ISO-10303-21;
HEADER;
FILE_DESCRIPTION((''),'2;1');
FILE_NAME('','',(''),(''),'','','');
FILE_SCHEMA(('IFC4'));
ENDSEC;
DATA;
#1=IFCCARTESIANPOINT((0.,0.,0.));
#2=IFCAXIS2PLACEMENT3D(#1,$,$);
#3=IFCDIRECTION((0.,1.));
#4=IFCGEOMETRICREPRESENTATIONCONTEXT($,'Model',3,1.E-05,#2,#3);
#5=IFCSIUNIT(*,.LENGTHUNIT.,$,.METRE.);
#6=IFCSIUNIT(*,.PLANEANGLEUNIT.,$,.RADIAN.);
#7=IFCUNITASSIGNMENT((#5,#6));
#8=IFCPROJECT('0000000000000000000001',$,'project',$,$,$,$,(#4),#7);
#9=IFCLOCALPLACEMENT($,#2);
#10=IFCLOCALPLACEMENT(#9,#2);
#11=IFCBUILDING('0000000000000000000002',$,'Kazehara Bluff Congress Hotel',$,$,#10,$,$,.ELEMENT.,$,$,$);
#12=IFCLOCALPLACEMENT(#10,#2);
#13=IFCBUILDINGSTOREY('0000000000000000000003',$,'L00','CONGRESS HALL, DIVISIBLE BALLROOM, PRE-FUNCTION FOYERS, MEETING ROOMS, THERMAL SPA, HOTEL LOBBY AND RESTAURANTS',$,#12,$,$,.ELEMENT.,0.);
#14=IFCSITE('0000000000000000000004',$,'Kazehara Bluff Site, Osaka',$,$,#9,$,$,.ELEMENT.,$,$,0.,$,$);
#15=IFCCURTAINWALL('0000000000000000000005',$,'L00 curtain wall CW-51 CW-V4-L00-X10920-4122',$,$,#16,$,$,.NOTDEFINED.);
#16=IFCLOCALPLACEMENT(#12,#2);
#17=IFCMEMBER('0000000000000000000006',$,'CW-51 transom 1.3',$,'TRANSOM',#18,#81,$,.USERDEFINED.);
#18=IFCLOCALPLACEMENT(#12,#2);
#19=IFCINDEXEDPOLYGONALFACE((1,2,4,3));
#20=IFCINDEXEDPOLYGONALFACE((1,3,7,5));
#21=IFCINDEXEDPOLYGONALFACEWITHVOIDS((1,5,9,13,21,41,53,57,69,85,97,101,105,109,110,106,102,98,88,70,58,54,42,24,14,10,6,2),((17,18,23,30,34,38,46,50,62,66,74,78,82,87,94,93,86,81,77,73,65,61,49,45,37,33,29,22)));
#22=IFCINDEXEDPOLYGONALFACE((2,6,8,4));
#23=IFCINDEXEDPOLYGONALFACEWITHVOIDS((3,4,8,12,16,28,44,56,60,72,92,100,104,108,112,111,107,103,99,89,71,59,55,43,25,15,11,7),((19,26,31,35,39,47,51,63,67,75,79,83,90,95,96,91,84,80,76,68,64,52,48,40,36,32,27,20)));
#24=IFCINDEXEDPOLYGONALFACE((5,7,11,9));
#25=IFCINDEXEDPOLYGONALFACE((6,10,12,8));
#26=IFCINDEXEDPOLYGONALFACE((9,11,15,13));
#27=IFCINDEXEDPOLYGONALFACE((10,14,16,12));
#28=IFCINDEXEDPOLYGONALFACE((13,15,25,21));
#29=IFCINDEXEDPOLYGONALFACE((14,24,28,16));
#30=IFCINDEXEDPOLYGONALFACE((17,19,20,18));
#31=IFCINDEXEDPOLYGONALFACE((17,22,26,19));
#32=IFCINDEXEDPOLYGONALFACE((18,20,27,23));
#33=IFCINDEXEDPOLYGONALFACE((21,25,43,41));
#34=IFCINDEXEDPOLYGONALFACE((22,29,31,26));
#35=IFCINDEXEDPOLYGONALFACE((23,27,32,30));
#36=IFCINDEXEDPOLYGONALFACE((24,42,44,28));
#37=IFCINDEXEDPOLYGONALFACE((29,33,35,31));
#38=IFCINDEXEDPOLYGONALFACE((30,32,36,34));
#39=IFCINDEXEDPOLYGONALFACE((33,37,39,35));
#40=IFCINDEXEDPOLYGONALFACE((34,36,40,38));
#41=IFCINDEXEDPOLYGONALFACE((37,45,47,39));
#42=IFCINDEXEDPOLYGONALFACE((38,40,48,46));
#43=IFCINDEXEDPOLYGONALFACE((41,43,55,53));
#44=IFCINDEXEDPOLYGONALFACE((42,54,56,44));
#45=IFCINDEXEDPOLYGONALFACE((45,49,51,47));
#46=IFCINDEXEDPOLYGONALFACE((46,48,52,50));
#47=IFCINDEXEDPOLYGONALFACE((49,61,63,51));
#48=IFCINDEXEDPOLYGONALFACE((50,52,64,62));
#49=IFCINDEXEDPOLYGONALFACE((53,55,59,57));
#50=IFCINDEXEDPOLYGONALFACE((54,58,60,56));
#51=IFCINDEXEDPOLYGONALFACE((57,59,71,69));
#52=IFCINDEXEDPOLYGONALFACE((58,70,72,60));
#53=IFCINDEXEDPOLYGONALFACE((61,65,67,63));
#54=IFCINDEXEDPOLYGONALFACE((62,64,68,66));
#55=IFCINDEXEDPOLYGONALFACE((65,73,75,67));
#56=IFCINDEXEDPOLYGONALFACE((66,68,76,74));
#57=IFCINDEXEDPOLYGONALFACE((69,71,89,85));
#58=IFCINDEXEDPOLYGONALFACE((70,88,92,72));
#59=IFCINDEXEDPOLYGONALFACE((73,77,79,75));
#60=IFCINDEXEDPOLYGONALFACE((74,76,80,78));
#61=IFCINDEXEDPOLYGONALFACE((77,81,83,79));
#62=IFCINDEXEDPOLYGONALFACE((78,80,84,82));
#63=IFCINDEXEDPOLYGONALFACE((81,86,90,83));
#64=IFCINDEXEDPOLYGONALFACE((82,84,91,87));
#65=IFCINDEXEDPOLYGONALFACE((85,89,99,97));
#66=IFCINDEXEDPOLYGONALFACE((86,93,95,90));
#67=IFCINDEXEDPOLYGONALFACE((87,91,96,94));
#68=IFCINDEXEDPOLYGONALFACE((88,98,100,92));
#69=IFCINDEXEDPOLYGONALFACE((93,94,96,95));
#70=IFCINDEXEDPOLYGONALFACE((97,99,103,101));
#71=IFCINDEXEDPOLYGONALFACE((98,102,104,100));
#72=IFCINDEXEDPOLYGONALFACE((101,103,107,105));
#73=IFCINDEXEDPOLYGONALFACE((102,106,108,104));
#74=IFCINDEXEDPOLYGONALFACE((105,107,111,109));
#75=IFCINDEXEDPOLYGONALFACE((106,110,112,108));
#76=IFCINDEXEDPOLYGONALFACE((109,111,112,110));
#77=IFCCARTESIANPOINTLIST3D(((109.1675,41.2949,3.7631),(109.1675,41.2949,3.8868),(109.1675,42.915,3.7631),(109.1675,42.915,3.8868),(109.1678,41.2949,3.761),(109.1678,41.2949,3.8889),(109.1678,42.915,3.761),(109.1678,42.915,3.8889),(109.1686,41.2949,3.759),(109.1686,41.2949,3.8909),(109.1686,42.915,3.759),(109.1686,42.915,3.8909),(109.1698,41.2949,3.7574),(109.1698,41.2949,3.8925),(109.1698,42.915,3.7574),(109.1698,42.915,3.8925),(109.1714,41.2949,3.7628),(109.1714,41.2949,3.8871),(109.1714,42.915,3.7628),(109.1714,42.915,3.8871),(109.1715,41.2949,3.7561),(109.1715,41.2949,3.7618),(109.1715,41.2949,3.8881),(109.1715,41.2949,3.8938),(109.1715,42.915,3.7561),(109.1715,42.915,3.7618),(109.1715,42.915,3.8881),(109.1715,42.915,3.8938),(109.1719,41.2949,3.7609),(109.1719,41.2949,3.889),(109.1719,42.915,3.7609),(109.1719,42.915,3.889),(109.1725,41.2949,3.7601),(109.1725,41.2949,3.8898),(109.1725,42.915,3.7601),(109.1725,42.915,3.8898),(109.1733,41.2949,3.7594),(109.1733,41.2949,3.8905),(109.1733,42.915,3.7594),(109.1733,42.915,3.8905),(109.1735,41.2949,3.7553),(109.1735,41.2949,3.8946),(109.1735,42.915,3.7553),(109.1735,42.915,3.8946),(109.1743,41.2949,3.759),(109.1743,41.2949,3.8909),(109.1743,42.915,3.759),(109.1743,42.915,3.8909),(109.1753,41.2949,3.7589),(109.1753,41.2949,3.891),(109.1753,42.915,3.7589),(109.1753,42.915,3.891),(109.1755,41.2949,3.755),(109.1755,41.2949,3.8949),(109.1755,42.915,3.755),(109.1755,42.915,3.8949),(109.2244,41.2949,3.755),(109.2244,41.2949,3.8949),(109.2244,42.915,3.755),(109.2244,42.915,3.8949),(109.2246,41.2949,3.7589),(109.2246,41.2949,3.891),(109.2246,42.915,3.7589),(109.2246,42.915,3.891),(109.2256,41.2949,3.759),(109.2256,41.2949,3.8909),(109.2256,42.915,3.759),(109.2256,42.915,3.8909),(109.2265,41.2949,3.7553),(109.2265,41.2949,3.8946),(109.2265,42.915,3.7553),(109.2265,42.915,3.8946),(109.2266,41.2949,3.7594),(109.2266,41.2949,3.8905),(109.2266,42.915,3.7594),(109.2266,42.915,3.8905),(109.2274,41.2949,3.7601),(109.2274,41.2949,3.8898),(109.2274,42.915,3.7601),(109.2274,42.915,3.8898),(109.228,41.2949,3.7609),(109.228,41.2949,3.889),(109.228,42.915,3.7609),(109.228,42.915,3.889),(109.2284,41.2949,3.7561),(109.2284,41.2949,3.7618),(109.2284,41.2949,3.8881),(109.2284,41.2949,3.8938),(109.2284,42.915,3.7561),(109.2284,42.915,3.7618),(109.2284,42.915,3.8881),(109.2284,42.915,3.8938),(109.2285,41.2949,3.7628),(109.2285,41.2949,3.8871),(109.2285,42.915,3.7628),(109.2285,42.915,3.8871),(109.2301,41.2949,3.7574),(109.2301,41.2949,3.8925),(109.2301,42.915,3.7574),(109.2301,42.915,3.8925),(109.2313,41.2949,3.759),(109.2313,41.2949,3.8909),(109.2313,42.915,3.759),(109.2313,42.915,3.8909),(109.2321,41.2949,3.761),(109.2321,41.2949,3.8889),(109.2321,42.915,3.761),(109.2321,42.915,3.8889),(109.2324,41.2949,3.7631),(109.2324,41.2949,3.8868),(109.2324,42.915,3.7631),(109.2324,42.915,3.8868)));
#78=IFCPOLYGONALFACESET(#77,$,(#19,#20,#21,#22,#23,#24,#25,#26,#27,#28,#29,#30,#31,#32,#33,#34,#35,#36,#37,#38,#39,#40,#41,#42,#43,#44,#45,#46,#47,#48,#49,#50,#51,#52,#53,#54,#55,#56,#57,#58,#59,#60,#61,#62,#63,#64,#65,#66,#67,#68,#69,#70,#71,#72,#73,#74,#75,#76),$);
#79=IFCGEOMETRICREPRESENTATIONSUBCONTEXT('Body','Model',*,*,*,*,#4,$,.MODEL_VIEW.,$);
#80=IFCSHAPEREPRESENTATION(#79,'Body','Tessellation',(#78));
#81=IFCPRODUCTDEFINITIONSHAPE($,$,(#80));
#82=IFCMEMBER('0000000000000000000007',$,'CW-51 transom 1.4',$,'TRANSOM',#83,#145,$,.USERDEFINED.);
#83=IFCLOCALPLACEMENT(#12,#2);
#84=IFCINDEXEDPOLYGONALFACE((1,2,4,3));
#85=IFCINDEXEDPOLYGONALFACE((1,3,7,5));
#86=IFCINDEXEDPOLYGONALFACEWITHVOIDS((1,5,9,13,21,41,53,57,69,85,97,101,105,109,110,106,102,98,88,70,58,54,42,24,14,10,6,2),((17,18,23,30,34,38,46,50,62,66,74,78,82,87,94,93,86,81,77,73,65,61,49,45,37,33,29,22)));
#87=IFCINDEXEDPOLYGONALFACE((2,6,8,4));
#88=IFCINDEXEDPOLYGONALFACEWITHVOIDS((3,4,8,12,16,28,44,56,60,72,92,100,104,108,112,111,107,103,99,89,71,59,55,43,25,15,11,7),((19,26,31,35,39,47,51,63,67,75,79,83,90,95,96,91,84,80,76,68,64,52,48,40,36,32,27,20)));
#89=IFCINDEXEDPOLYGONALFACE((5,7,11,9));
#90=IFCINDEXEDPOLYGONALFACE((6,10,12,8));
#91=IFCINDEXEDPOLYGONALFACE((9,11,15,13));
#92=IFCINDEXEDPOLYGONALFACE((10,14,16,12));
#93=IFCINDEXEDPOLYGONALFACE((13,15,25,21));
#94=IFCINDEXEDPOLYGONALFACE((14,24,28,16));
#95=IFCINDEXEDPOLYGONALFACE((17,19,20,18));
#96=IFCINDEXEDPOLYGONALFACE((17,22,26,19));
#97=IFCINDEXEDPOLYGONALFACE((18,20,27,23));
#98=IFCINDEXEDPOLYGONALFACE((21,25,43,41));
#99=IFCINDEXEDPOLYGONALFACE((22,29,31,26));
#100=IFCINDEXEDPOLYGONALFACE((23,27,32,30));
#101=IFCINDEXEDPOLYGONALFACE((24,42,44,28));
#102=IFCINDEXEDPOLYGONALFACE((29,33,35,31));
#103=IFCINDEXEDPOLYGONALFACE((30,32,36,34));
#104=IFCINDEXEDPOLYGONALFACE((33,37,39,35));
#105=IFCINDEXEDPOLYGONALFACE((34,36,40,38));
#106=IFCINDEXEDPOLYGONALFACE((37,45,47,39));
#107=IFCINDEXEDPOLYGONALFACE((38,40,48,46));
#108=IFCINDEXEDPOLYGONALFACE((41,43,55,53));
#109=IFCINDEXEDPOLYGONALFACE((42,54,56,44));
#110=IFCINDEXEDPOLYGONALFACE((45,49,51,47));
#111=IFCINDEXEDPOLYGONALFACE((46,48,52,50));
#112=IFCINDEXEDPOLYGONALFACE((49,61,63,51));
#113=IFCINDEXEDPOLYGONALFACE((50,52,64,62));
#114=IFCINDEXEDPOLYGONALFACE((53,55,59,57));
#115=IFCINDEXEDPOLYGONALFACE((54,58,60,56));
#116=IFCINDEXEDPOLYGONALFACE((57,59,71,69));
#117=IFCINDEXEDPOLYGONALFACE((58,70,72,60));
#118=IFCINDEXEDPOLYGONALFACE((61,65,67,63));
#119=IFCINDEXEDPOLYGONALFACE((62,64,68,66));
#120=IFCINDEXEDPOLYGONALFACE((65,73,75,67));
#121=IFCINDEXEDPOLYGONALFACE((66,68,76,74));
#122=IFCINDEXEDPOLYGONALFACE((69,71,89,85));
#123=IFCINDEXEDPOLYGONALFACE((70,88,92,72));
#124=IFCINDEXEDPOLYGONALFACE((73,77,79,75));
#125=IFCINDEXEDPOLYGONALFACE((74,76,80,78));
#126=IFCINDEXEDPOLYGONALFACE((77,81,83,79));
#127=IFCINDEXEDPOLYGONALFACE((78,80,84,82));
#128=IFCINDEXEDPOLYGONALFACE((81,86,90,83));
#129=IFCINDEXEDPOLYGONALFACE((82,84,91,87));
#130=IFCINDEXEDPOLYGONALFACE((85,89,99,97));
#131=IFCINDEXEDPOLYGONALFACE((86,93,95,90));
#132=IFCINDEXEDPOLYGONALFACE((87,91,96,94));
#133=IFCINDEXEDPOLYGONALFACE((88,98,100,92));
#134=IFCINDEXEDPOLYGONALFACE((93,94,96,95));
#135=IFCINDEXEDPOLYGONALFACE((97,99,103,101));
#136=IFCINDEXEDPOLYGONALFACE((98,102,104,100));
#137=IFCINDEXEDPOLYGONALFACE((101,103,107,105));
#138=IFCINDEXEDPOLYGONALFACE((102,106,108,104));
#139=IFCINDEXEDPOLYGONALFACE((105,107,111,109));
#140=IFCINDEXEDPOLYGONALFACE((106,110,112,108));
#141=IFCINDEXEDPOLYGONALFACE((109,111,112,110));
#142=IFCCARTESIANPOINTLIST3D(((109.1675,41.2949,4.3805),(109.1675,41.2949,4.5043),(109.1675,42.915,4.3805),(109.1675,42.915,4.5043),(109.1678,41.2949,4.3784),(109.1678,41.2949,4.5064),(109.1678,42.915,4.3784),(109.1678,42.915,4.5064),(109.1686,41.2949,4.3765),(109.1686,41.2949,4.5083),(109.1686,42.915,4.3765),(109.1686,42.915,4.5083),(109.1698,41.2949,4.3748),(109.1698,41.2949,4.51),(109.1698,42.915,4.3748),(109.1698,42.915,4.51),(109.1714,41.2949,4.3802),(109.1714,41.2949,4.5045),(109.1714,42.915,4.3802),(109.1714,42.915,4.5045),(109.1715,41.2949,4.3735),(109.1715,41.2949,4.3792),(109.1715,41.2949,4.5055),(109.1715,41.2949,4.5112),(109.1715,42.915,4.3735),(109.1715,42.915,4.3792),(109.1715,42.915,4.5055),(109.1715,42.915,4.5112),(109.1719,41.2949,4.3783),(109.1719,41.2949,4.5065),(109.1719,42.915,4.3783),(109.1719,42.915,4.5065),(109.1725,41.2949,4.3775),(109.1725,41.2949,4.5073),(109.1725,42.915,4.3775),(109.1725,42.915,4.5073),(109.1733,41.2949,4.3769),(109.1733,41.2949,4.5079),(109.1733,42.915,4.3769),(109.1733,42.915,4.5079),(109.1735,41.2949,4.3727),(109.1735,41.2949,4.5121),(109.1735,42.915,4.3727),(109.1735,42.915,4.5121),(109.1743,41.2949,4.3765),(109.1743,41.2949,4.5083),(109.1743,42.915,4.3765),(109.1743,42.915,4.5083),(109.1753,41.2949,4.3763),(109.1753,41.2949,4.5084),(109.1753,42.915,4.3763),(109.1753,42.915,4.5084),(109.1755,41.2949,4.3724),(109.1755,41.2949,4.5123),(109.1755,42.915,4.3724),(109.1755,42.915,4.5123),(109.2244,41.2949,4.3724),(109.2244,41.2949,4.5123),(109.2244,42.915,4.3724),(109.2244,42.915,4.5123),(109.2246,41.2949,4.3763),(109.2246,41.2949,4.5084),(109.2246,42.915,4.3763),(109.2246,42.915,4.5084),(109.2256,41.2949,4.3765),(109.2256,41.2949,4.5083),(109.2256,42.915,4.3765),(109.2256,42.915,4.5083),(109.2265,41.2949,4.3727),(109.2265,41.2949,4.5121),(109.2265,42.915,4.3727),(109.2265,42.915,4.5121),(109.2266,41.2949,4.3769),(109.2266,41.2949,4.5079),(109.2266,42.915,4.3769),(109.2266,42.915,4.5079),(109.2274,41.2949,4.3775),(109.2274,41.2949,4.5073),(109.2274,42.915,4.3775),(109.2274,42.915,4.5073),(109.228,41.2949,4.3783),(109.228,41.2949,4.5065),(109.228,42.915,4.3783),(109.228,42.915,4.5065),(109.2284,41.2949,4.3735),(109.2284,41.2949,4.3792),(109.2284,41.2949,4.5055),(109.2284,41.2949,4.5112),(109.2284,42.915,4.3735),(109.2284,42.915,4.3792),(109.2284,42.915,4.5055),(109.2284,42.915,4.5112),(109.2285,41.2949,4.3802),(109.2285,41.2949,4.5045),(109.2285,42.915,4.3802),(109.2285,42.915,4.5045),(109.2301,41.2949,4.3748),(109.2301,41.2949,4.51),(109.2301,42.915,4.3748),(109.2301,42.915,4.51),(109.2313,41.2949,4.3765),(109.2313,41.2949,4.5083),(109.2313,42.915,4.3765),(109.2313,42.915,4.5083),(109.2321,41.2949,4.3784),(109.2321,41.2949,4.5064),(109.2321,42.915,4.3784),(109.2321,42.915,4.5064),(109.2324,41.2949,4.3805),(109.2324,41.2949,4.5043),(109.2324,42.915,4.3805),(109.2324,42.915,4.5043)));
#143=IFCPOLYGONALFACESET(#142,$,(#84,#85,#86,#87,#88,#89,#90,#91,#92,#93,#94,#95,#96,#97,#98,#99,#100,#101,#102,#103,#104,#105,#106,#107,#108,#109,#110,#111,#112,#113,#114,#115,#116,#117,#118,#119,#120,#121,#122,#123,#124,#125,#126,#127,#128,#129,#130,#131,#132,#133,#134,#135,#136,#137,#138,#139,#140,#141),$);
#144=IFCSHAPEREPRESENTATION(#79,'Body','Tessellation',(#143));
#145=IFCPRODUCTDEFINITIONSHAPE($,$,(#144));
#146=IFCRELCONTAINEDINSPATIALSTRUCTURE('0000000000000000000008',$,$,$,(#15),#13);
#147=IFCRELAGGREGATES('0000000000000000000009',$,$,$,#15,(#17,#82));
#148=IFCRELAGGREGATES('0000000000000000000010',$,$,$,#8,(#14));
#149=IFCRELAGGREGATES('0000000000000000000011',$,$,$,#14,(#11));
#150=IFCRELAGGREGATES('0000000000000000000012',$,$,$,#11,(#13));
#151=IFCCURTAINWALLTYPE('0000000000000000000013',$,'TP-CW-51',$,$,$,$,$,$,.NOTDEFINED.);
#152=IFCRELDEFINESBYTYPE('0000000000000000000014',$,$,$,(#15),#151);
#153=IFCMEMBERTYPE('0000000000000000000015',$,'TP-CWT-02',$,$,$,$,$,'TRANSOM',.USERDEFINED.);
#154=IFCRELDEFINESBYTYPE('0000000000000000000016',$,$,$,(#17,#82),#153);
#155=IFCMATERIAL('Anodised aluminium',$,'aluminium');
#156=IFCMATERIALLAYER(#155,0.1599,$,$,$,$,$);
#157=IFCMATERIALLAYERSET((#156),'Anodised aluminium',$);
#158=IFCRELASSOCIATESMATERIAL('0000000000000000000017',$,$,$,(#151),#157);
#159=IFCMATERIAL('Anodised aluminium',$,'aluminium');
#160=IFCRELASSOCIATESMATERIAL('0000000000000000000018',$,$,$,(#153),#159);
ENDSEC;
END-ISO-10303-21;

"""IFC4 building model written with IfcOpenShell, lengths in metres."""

from ifc_helpers import new_model, si_unit, direction, frame, origin, origin_2d, place, context, subcontext, project, spatial, hollow_rectangle, extrude, material, layer, layer_set, material_profile, profile_set, type_object, element, aggregate, save


model = new_model("IFC4")

# Units and contexts
model_context = context("Model", 3, precision=1e-05, world=origin(), true_north=direction((0.0, 1.0)))
body_context = subcontext(model_context, "Body", "Model", "MODEL_VIEW")
ifc_project = project(units=[si_unit("LENGTHUNIT", "METRE"), si_unit("PLANEANGLEUNIT", "RADIAN")], contexts=[model_context])

# Site, building, storey
site_placement = place(None, origin())
site = spatial("IfcSite", under=ifc_project, at=site_placement, Name="Kazehara Bluff Site, Osaka", CompositionType="ELEMENT", RefElevation=0.0)
building_placement = place(site_placement, origin())
building = spatial("IfcBuilding", under=site, at=building_placement, Name="Kazehara Bluff Congress Hotel", CompositionType="ELEMENT")
storey_placement = place(building_placement, origin())
storey = spatial("IfcBuildingStorey", under=building, at=storey_placement, Name="L00", Description="CONGRESS HALL, DIVISIBLE BALLROOM, PRE-FUNCTION FOYERS, MEETING ROOMS, THERMAL SPA, HOTEL LOBBY AND RESTAURANTS", CompositionType="ELEMENT", Elevation=0.0)

# Curtain wall
ifc_material_1 = material(Name="Anodised aluminium", Category="aluminium")
ifc_layer_1 = layer(ifc_material_1, 0.1599)
ifc_layer_set_1 = layer_set([ifc_layer_1], Name="Anodised aluminium")
curtain_wall_type_1 = type_object("IfcCurtainWallType", Name="TP-CW-51", PredefinedType="NOTDEFINED", material=ifc_layer_set_1)
curtain_wall_1_placement = place(storey_placement, origin())
curtain_wall_1 = element("IfcCurtainWall", 1, at=curtain_wall_1_placement, inside=storey, type_object=curtain_wall_type_1, Name="L00 curtain wall CW-51 CW-V4-L00-X10920-4122", PredefinedType="NOTDEFINED")

# Members
ifc_material_2 = material(Name="Anodised aluminium", Category="aluminium")
ifc_material_profile_1 = material_profile(ifc_material_2, hollow_rectangle(XDim=0.0649, YDim=0.1399, WallThickness=0.0039, InnerFilletRadius=0.0039, OuterFilletRadius=0.0081, at=origin_2d()))
ifc_profile_set_1 = profile_set([ifc_material_profile_1], Name="Anodised aluminium")
member_type_1 = type_object("IfcMemberType", Name="TP-CWT-02", ElementType="TRANSOM", PredefinedType="USERDEFINED", material=ifc_profile_set_1)
member_1_placement = place(storey_placement, frame((109.2, 41.2949, 3.825), z_axis=(0.0, 1.0, 0.0), x_axis=(-1.0, 0.0, 0.0)))
member_1 = element("IfcMember", 2, at=member_1_placement, type_object=member_type_1, Name="CW-51 transom 1.3", ObjectType="TRANSOM", PredefinedType="USERDEFINED", context=body_context, shape_type="SweptSolid", body=[
    extrude(hollow_rectangle(XDim=0.0649, YDim=0.1399, WallThickness=0.0039, InnerFilletRadius=0.0039, OuterFilletRadius=0.0081, at=origin_2d()), origin(), (0.0, 0.0, 1.0), 1.6201),
])
member_2_placement = place(storey_placement, frame((109.2, 41.2949, 4.4424), z_axis=(0.0, 1.0, 0.0), x_axis=(-1.0, 0.0, 0.0)))
member_2 = element("IfcMember", 3, at=member_2_placement, type_object=member_type_1, Name="CW-51 transom 1.4", ObjectType="TRANSOM", PredefinedType="USERDEFINED", context=body_context, shape_type="SweptSolid", body=[
    extrude(hollow_rectangle(XDim=0.0649, YDim=0.1399, WallThickness=0.0039, InnerFilletRadius=0.0039, OuterFilletRadius=0.0081, at=origin_2d()), origin(), (0.0, 0.0, 1.0), 1.6201),
])

aggregate(curtain_wall_1, [member_1, member_2])

save(model, "model.ifc")
